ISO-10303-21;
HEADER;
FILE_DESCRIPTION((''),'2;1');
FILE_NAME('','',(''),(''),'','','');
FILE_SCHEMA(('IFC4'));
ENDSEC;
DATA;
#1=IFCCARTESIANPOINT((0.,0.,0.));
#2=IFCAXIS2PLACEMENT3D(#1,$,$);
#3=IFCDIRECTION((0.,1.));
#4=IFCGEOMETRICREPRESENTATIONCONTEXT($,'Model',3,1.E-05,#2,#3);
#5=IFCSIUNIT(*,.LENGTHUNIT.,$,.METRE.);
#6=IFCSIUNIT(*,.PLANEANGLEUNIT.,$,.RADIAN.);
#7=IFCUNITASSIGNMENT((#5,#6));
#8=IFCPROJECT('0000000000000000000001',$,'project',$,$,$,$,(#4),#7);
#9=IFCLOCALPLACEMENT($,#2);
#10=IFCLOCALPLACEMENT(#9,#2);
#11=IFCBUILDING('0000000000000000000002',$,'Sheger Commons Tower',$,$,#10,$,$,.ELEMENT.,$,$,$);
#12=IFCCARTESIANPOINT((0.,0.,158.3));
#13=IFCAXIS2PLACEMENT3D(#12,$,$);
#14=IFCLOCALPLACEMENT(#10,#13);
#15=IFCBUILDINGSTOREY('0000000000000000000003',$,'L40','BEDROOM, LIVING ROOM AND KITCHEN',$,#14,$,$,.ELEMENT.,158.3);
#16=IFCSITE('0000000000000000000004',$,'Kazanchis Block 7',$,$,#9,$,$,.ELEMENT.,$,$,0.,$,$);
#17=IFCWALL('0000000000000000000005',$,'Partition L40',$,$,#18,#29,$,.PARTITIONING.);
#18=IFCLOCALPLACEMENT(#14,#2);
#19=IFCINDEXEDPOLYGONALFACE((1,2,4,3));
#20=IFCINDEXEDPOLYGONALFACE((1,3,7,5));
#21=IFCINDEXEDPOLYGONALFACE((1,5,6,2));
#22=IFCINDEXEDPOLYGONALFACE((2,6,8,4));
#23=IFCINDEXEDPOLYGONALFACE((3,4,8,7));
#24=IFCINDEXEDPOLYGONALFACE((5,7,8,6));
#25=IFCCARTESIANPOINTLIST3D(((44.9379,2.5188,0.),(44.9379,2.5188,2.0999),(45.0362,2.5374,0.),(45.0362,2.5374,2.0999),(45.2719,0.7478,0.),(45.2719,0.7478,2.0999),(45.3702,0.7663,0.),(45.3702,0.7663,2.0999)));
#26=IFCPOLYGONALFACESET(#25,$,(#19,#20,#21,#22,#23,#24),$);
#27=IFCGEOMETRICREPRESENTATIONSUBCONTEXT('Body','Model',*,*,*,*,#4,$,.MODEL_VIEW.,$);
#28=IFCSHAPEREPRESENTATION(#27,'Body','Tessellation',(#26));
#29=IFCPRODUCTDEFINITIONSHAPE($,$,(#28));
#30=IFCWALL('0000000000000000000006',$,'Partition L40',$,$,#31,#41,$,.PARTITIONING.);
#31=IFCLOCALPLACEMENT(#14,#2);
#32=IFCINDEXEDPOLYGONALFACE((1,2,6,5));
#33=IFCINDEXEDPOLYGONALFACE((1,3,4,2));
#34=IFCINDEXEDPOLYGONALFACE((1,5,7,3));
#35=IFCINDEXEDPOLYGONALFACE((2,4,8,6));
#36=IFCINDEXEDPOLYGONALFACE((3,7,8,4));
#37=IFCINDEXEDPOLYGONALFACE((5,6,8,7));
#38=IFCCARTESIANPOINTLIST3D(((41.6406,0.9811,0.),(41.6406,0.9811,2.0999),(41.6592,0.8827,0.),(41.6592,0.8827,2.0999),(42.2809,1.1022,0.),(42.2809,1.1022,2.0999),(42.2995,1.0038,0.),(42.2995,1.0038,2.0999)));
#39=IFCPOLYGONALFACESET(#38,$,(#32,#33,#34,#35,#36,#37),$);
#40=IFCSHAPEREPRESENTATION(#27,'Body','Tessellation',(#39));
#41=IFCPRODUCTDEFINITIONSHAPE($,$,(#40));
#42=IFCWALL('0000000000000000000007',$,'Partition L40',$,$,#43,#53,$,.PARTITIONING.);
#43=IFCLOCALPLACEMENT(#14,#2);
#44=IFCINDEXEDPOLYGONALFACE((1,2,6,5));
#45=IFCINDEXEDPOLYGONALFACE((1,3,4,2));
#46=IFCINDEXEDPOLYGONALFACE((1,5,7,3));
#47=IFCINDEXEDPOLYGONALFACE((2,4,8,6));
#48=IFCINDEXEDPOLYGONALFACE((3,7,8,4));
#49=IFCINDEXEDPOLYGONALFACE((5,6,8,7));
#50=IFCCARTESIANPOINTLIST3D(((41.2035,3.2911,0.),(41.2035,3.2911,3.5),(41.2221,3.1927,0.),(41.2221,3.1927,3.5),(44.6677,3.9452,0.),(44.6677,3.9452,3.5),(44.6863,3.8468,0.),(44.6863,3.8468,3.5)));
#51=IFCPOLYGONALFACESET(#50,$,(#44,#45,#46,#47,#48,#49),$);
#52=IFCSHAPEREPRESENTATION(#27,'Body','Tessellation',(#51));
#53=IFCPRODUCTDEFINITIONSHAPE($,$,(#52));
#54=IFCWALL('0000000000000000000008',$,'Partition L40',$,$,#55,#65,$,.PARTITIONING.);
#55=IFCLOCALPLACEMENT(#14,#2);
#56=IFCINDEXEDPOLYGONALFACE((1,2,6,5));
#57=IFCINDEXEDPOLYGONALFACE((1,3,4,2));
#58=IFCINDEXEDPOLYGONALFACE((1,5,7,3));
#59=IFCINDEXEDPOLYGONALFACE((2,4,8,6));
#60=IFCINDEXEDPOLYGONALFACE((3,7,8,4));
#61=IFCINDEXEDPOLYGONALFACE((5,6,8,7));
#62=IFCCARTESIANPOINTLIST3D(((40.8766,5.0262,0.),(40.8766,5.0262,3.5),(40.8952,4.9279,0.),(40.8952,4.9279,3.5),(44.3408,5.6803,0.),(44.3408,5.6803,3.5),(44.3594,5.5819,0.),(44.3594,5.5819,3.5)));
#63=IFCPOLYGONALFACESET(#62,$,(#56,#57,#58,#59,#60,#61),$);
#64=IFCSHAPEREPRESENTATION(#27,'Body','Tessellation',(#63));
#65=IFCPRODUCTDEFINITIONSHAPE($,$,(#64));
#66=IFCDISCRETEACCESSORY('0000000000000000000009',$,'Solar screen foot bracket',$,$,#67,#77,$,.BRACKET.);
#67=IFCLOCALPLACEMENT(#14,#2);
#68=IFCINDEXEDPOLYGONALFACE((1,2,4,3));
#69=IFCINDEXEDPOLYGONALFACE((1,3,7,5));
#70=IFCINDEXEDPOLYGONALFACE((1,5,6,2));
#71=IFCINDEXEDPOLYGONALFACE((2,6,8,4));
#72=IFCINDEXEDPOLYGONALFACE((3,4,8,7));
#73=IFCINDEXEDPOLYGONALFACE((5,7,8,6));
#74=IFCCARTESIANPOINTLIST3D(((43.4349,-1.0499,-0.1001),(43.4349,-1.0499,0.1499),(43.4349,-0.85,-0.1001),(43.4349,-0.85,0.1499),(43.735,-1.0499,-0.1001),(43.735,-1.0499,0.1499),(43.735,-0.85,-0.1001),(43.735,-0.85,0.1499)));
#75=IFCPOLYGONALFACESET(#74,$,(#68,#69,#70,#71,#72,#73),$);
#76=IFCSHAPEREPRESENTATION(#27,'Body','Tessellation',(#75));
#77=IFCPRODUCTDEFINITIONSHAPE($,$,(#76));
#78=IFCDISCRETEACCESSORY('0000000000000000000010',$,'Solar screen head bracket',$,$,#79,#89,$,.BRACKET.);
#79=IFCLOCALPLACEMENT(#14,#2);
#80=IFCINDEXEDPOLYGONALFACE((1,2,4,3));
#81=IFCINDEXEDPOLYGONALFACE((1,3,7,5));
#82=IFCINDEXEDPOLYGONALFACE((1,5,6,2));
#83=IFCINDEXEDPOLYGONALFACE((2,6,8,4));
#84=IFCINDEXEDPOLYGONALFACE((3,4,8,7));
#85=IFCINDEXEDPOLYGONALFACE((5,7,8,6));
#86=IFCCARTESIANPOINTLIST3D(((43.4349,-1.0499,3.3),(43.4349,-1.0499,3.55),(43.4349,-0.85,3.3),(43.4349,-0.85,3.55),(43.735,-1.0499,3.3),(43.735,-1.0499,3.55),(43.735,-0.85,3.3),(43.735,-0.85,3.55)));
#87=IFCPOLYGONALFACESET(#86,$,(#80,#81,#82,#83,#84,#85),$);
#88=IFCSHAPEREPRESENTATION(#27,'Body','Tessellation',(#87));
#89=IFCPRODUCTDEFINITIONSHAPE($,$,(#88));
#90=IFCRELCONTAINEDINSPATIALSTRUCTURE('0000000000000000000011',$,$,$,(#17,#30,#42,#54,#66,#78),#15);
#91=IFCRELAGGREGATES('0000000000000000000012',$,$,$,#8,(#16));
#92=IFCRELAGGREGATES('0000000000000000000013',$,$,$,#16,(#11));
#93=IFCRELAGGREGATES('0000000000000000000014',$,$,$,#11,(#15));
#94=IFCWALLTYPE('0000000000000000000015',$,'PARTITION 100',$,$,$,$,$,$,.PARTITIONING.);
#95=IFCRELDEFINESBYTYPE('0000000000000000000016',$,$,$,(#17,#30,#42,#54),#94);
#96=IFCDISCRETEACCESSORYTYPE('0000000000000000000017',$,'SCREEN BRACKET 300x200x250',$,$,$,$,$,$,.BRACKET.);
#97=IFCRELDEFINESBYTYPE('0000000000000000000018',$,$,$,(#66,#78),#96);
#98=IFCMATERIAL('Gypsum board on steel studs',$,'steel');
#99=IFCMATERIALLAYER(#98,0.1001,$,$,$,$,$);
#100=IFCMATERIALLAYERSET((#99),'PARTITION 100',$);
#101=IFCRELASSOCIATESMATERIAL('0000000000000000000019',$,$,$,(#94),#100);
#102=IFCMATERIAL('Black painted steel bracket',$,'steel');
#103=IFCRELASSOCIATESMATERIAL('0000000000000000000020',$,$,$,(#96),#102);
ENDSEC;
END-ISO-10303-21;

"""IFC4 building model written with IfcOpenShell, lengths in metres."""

from ifc_helpers import new_model, si_unit, direction, frame, frame_2d, origin, origin_2d, place, context, subcontext, project, spatial, rectangle, extrude, material, layer, layer_set, type_object, element, save


model = new_model("IFC4")

# Units and contexts
model_context = context("Model", 3, precision=1e-05, world=origin(), true_north=direction((0.0, 1.0)))
body_context = subcontext(model_context, "Body", "Model", "MODEL_VIEW")
ifc_project = project(units=[si_unit("LENGTHUNIT", "METRE"), si_unit("PLANEANGLEUNIT", "RADIAN")], contexts=[model_context])

# Site, building, storey
site_placement = place(None, origin())
site = spatial("IfcSite", under=ifc_project, at=site_placement, Name="Kazanchis Block 7", CompositionType="ELEMENT", RefElevation=0.0)
building_placement = place(site_placement, origin())
building = spatial("IfcBuilding", under=site, at=building_placement, Name="Sheger Commons Tower", CompositionType="ELEMENT")
storey_placement = place(building_placement, frame((0.0, 0.0, 158.3)))
storey = spatial("IfcBuildingStorey", under=building, at=storey_placement, Name="L40", Description="BEDROOM, LIVING ROOM AND KITCHEN", CompositionType="ELEMENT", Elevation=158.3)

# Shared definitions
ifc_material_1 = material(Name="Gypsum board on steel studs", Category="steel")
ifc_layer_1 = layer(ifc_material_1, 0.1001)
ifc_layer_set_1 = layer_set([ifc_layer_1], Name="PARTITION 100")
wall_type_1 = type_object("IfcWallType", Name="PARTITION 100", PredefinedType="PARTITIONING", material=ifc_layer_set_1)

# Walls
wall_1_placement = place(storey_placement, frame((44.9871, 2.5281, 0.0), z_axis=(0.0, 0.0, 1.0), x_axis=(0.185319, -0.982678, 0.0)))
element("IfcWall", 1, at=wall_1_placement, inside=storey, type_object=wall_type_1, Name="Partition L40", PredefinedType="PARTITIONING", context=body_context, shape_type="SweptSolid", body=[
    extrude(rectangle(XDim=1.8022, YDim=0.1001, at=frame_2d((0.9011, 0.0))), origin(), (0.0, 0.0, 1.0), 2.0999),
])
wall_2_placement = place(storey_placement, frame((42.29, 1.053, 0.0), z_axis=(0.0, 0.0, 1.0), x_axis=(-0.982574, -0.185872, 0.0)))
element("IfcWall", 2, at=wall_2_placement, inside=storey, type_object=wall_type_1, Name="Partition L40", PredefinedType="PARTITIONING", context=body_context, shape_type="SweptSolid", body=[
    extrude(rectangle(XDim=0.6516, YDim=0.1001, at=frame_2d((0.3257, 0.0))), origin(), (0.0, 0.0, 1.0), 2.0999),
])
for number, where, z_axis, x_axis, name in (
    (3, (44.677, 3.896, 0.0), (0.0, 0.0, 1.0), (-0.982639, -0.18553, 0.0), "Partition L40"),
    (4, (44.3501, 5.6311, 0.0), (0.0, 0.0, 1.0), (-0.982639, -0.18553, 0.0), "Partition L40"),
):
    element("IfcWall", number, at=place(storey_placement, frame(where, z_axis=z_axis, x_axis=x_axis)), inside=storey, type_object=wall_type_1, Name=name, PredefinedType="PARTITIONING", context=body_context, shape_type="SweptSolid", body=[
        extrude(rectangle(XDim=3.5254, YDim=0.1001, at=frame_2d((1.7627, 0.0))), origin(), (0.0, 0.0, 1.0), 3.5),
    ])

# Discrete accessories
ifc_material_2 = material(Name="Black painted steel bracket", Category="steel")
discrete_accessory_type = type_object("IfcDiscreteAccessoryType", Name="SCREEN BRACKET 300x200x250", PredefinedType="BRACKET", material=ifc_material_2)
for number, where, z_axis, x_axis, name in (
    (5, (43.585, -0.95, -0.1001), (0.0, 0.0, 1.0), (1.0, 0.0, 0.0), "Solar screen foot bracket"),
    (6, (43.585, -0.95, 3.3), (0.0, 0.0, 1.0), (1.0, 0.0, 0.0), "Solar screen head bracket"),
):
    element("IfcDiscreteAccessory", number, at=place(storey_placement, frame(where, z_axis=z_axis, x_axis=x_axis)), inside=storey, type_object=discrete_accessory_type, Name=name, PredefinedType="BRACKET", context=body_context, shape_type="SweptSolid", body=[
        extrude(rectangle(XDim=0.3, YDim=0.2, at=origin_2d()), origin(), (0.0, 0.0, 1.0), 0.25),
    ])

save(model, "model.ifc")
